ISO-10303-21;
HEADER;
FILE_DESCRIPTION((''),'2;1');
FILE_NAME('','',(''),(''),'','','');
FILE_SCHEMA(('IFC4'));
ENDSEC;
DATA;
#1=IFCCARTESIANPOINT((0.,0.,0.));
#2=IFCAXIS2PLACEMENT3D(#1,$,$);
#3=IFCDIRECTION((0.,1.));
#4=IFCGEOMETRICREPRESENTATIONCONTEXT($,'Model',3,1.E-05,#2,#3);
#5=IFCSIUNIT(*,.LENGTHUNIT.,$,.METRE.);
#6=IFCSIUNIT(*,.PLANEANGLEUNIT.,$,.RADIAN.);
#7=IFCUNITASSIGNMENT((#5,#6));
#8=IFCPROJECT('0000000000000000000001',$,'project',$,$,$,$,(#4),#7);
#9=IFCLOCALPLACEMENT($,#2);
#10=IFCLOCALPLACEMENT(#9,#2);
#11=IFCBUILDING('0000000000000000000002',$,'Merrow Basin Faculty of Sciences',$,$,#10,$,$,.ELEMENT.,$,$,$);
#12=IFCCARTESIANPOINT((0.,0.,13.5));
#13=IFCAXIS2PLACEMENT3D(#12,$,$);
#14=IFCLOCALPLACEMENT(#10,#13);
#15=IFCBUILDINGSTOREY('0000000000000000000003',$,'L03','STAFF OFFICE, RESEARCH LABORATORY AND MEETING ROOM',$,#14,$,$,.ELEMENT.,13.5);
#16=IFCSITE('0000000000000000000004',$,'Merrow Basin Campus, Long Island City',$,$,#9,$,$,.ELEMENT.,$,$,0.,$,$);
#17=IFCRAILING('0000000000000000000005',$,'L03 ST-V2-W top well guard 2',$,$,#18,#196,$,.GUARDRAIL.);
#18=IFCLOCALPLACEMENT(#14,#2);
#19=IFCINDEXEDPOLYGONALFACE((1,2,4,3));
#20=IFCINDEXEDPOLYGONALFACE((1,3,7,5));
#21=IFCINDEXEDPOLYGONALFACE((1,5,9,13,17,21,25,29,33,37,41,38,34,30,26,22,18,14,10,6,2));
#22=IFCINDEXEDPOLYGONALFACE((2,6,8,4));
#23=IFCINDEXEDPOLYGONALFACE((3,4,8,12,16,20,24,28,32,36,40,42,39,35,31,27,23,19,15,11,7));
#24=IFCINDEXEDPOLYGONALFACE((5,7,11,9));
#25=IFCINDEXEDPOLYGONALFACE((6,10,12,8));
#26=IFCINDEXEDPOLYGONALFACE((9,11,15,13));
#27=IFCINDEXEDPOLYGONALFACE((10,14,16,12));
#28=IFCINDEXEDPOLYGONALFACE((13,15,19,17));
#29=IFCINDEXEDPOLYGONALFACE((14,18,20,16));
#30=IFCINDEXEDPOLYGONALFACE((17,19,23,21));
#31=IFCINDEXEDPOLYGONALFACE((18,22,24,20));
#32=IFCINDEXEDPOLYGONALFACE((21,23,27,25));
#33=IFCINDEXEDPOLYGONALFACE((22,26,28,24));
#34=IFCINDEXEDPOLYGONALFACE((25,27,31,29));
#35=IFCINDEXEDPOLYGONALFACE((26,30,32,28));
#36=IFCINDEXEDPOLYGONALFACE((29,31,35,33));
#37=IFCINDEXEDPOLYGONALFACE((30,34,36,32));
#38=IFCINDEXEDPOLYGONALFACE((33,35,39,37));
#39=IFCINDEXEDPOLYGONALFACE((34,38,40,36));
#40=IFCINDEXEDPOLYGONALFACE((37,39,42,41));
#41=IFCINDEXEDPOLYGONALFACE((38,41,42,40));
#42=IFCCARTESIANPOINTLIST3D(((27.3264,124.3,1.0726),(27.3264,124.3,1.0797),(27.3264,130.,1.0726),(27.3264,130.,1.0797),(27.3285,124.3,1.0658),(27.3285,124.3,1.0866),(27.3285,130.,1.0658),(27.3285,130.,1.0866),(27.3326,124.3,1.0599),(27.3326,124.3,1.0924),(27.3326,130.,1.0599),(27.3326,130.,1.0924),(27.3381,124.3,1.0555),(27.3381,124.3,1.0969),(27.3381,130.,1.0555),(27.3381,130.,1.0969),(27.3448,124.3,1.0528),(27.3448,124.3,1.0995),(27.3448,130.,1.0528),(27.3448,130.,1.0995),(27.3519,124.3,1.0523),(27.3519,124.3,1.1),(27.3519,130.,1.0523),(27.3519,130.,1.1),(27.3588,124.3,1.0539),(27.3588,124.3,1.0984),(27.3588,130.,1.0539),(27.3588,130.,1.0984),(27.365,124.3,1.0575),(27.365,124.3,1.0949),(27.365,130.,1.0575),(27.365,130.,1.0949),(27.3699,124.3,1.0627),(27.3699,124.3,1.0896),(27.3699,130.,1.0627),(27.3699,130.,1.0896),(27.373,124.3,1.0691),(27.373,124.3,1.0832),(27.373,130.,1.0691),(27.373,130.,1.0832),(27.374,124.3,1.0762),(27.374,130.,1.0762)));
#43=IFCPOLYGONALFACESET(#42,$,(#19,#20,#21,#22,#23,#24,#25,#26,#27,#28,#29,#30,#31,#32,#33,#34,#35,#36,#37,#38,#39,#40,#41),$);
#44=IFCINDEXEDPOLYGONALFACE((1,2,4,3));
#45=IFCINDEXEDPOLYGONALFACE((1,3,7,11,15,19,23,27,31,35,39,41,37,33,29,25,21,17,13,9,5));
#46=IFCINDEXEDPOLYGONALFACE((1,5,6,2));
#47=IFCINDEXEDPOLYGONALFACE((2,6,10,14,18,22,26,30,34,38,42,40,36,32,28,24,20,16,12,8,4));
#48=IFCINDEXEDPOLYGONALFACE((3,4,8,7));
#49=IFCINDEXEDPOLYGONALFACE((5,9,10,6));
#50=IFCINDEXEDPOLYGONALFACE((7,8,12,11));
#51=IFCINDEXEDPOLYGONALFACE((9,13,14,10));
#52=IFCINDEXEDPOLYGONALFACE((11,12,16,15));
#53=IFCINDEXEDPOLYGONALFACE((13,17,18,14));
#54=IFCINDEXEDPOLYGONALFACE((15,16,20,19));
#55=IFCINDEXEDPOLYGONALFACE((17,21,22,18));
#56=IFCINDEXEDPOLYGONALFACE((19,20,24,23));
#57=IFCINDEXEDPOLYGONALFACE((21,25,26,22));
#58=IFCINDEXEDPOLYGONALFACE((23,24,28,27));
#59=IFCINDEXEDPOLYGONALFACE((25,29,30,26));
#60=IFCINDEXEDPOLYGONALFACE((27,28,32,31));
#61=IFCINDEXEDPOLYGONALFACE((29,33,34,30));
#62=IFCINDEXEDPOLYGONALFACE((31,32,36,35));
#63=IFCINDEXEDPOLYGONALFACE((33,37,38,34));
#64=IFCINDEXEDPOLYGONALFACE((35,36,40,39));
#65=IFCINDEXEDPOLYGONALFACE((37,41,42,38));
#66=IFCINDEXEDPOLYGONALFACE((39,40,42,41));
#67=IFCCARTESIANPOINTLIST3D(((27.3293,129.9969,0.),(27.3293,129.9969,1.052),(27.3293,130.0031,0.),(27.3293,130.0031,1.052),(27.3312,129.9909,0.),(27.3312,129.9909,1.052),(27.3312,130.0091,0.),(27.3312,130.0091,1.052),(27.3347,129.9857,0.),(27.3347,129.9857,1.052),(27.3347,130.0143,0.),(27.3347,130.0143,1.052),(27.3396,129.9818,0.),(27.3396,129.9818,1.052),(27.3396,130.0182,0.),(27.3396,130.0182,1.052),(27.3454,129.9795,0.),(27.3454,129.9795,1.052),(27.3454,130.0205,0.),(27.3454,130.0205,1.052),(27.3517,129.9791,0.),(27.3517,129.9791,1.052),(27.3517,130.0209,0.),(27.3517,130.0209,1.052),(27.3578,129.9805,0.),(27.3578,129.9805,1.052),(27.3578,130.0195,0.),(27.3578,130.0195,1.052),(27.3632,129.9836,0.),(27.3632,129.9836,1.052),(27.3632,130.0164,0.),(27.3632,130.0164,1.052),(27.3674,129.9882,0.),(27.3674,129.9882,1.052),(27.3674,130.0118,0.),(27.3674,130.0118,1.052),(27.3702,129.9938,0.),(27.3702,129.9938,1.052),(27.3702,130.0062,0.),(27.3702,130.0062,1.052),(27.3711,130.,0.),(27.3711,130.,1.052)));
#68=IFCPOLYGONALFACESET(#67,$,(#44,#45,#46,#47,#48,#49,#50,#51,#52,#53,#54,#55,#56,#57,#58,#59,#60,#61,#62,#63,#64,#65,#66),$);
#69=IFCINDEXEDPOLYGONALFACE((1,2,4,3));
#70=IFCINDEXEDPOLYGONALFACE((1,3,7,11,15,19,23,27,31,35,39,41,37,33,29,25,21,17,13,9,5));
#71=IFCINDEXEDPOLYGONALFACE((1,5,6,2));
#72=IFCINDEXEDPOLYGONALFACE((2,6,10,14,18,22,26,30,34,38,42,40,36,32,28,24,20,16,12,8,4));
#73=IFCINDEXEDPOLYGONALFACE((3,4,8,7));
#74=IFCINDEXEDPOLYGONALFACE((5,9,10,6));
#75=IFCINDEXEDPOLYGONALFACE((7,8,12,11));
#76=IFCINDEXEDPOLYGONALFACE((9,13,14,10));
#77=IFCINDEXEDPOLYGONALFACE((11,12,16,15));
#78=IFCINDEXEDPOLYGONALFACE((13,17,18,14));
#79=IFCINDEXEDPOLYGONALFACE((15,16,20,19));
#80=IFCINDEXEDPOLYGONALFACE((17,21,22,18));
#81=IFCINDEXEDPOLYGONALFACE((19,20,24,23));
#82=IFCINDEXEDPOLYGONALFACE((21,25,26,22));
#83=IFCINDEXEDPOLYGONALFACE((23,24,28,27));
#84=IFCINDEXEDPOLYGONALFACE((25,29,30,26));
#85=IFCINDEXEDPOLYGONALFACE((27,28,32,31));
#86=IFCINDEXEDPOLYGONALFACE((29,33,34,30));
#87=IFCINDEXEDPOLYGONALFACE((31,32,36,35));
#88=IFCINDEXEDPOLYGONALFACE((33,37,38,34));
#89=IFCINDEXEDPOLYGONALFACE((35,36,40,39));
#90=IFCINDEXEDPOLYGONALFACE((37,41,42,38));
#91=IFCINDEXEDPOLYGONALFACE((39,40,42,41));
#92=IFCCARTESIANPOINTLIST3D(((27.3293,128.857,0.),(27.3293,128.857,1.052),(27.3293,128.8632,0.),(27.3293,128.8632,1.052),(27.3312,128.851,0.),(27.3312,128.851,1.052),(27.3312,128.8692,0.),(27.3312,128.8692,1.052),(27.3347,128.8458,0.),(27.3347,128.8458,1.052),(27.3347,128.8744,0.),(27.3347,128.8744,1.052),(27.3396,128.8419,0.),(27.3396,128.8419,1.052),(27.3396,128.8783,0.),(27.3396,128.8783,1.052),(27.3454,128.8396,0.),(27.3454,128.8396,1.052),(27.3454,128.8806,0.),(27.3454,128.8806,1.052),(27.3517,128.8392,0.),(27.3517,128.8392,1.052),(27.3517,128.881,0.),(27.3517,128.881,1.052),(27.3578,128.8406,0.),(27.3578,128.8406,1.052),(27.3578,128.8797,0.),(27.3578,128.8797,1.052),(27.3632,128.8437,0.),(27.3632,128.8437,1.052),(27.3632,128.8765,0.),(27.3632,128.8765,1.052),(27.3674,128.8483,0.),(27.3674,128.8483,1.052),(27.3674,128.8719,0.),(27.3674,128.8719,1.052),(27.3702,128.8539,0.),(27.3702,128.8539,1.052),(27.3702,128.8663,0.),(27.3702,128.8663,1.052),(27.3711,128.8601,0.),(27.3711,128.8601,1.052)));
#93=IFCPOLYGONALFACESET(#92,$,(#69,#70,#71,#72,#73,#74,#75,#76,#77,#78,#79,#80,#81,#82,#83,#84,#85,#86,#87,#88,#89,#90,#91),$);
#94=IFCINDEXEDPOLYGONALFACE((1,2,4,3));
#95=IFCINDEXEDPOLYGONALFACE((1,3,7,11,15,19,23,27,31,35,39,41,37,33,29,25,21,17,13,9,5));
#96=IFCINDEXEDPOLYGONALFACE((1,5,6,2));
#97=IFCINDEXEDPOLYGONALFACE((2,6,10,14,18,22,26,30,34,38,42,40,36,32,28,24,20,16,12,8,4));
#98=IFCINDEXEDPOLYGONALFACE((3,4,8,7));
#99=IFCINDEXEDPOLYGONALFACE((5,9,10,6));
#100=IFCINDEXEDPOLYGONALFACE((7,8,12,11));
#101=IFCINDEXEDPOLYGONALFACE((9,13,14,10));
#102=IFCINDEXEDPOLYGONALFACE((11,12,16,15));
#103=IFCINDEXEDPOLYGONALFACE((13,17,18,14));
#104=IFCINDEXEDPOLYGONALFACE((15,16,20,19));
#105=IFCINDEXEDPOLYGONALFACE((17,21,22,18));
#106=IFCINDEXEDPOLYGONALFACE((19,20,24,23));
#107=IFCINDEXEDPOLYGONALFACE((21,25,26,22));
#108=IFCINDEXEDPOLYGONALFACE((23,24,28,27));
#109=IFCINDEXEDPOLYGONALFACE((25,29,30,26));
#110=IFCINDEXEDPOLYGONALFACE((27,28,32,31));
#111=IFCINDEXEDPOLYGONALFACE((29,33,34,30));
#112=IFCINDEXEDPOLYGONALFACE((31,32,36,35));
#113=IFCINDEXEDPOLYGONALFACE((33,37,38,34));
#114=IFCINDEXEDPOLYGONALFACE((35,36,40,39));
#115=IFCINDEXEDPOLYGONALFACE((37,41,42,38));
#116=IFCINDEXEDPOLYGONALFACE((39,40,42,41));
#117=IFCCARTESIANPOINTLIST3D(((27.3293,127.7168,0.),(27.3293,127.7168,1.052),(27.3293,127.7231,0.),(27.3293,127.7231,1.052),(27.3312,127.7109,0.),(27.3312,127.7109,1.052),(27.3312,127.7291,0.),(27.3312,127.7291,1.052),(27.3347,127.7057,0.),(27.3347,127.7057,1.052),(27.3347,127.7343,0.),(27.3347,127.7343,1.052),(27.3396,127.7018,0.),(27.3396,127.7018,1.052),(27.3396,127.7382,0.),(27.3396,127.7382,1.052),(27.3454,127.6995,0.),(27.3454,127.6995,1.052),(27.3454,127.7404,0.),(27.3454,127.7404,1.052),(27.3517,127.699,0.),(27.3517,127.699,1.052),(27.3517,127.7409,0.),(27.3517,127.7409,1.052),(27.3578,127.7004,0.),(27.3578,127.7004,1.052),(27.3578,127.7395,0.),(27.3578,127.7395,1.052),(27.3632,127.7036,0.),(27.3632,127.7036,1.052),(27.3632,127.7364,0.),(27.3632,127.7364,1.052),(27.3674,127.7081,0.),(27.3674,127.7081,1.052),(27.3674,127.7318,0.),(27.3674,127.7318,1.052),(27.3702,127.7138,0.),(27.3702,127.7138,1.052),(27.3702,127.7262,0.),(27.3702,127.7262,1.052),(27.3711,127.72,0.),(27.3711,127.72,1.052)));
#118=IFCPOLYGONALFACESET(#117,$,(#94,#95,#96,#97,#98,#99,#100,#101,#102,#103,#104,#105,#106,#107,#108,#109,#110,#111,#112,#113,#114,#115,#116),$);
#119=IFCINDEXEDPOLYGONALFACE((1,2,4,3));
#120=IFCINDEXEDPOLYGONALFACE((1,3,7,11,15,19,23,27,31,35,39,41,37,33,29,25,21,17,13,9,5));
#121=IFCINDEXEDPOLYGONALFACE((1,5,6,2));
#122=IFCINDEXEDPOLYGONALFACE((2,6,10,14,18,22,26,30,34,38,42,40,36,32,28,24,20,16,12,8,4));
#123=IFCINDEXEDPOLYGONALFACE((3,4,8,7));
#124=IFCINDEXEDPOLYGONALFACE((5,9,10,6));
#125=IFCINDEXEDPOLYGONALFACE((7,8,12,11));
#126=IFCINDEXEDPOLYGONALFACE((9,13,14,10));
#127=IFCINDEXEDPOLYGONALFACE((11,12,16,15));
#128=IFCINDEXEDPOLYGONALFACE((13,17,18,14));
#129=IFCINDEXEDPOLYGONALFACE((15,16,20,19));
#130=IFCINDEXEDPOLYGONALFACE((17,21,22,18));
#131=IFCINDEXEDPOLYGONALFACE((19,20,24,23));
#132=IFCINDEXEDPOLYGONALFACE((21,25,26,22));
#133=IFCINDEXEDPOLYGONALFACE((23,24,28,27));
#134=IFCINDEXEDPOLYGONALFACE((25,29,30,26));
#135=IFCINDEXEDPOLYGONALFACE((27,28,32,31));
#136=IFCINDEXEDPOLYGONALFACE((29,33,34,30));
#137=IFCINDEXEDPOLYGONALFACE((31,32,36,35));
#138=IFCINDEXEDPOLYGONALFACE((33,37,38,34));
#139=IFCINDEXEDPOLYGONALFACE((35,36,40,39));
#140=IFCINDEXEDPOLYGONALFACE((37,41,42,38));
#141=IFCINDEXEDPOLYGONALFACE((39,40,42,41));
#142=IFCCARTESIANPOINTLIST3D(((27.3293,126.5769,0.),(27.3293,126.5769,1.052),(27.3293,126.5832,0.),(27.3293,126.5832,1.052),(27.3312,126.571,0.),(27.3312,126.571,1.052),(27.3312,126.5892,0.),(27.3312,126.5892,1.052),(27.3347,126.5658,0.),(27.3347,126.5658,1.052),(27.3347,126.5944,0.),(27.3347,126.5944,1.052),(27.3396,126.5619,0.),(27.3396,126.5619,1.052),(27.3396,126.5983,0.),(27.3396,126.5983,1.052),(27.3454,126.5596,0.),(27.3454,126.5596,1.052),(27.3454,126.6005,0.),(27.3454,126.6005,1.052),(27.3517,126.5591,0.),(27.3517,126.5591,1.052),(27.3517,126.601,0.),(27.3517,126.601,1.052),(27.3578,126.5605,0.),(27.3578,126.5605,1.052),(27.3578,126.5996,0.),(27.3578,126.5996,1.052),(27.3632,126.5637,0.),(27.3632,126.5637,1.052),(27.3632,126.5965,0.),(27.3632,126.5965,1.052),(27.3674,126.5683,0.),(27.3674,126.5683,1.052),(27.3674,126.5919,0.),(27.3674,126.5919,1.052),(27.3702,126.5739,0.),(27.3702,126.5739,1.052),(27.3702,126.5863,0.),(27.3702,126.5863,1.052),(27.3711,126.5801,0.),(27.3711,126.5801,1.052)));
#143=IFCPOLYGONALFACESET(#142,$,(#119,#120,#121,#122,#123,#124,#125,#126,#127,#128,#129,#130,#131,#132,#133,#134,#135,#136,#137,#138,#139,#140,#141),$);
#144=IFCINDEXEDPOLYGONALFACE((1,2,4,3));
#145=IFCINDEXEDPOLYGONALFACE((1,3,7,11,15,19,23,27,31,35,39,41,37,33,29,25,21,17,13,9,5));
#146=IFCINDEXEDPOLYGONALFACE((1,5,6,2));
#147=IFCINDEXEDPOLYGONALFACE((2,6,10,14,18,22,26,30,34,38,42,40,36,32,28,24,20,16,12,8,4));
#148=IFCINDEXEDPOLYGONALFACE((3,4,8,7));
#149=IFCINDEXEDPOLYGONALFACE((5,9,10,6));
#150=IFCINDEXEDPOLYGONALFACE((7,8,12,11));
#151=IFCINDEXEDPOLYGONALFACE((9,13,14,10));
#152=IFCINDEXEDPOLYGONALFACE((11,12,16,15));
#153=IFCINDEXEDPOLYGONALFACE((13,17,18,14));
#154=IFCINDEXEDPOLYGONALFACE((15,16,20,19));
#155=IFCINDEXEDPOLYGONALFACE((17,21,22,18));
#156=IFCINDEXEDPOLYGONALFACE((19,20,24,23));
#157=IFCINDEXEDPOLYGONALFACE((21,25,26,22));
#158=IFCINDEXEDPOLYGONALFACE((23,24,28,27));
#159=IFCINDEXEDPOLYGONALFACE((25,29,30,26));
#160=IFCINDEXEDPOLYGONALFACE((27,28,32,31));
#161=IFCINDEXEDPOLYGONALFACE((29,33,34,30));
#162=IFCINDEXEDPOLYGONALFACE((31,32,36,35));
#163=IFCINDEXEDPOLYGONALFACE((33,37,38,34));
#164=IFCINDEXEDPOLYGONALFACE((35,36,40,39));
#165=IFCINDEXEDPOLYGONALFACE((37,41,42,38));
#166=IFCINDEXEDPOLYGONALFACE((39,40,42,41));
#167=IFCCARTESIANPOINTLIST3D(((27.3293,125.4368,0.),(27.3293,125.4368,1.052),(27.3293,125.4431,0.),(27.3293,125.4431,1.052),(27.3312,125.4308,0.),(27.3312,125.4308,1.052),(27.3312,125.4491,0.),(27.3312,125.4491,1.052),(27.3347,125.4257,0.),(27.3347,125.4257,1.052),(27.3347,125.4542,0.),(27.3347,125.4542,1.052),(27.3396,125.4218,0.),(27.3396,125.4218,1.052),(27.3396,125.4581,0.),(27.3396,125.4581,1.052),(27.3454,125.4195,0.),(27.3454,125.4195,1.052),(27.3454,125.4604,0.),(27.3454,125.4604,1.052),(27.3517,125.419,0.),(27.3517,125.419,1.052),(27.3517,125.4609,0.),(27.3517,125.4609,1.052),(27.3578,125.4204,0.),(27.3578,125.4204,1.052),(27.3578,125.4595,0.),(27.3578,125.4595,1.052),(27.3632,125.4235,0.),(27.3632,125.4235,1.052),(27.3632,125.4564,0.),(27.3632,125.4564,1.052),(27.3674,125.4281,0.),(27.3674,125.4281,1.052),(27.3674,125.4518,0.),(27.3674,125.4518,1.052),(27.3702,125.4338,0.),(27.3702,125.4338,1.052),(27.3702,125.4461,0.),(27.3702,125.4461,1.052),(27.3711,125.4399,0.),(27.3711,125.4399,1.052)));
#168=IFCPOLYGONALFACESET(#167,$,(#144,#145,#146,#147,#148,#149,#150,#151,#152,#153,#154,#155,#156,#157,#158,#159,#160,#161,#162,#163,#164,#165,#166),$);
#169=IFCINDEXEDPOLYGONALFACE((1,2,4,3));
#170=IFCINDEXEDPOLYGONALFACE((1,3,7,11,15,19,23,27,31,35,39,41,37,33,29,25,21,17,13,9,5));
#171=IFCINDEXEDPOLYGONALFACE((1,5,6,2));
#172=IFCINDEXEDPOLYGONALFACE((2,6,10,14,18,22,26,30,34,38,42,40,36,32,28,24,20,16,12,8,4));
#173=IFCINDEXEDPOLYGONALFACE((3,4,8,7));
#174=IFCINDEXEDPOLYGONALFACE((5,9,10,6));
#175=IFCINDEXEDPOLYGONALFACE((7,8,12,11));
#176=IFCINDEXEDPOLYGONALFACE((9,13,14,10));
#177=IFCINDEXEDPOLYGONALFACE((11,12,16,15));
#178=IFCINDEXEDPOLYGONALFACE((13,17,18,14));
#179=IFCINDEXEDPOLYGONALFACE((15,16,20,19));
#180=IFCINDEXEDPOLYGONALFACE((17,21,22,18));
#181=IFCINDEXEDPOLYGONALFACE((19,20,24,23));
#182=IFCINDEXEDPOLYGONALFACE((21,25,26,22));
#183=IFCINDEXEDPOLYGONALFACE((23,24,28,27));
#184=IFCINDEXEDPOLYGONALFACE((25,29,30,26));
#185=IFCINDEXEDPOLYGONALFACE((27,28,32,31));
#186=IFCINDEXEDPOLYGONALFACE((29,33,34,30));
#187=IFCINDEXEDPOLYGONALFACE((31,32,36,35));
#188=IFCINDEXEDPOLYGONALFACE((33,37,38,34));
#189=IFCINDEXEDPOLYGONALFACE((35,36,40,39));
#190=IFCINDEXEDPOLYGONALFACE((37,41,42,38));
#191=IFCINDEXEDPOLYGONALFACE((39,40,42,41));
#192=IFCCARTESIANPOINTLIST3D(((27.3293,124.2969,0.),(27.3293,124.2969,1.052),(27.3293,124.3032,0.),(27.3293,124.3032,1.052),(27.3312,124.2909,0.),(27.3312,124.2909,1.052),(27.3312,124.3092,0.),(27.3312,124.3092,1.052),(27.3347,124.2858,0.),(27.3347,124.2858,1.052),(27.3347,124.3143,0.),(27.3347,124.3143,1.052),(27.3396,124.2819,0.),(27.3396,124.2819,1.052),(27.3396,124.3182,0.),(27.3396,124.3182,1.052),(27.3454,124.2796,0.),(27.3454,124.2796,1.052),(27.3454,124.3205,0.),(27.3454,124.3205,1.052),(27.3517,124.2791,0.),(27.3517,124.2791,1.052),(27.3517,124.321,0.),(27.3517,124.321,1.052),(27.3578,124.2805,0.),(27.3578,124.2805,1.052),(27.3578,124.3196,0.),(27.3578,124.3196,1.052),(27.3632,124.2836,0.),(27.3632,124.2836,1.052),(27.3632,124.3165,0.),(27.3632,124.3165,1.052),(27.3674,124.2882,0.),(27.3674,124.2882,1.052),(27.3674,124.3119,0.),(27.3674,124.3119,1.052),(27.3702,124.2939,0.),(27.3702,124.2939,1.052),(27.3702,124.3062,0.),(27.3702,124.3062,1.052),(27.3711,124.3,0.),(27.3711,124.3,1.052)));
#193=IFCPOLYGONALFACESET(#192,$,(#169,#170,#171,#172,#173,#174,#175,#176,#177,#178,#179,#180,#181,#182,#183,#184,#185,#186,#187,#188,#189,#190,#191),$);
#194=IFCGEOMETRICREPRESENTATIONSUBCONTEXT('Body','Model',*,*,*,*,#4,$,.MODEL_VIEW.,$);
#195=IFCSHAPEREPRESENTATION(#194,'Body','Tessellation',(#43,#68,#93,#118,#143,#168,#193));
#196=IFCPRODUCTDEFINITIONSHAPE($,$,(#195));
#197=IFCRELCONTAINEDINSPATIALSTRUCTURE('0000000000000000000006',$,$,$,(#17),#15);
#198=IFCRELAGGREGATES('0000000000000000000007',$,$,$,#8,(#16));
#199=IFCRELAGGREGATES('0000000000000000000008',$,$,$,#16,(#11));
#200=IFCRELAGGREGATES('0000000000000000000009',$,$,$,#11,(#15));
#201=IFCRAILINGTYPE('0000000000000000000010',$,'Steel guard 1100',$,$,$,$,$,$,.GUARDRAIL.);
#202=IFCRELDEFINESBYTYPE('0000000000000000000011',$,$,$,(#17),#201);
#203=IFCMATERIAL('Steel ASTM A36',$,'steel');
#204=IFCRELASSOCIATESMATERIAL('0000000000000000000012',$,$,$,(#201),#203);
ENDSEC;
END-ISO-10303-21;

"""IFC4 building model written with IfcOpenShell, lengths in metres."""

from ifc_helpers import new_model, si_unit, direction, frame, origin, origin_2d, place, context, subcontext, project, spatial, circle, extrude, material, type_object, element, save


model = new_model("IFC4")

# Units and contexts
model_context = context("Model", 3, precision=1e-05, world=origin(), true_north=direction((0.0, 1.0)))
body_context = subcontext(model_context, "Body", "Model", "MODEL_VIEW")
ifc_project = project(units=[si_unit("LENGTHUNIT", "METRE"), si_unit("PLANEANGLEUNIT", "RADIAN")], contexts=[model_context])

# Site, building, storey
site_placement = place(None, origin())
site = spatial("IfcSite", under=ifc_project, at=site_placement, Name="Merrow Basin Campus, Long Island City", CompositionType="ELEMENT", RefElevation=0.0)
building_placement = place(site_placement, origin())
building = spatial("IfcBuilding", under=site, at=building_placement, Name="Merrow Basin Faculty of Sciences", CompositionType="ELEMENT")
storey_placement = place(building_placement, frame((0.0, 0.0, 13.5)))
storey = spatial("IfcBuildingStorey", under=building, at=storey_placement, Name="L03", Description="STAFF OFFICE, RESEARCH LABORATORY AND MEETING ROOM", CompositionType="ELEMENT", Elevation=13.5)

# Railing
ifc_material_1 = material(Name="Steel ASTM A36", Category="steel")
railing_type_1 = type_object("IfcRailingType", Name="Steel guard 1100", PredefinedType="GUARDRAIL", material=ifc_material_1)
railing_1_placement = place(storey_placement, frame((27.3501, 130.0, 0.0)))
element("IfcRailing", 1, at=railing_1_placement, inside=storey, type_object=railing_type_1, Name="L03 ST-V2-W top well guard 2", PredefinedType="GUARDRAIL", context=body_context, shape_type="SweptSolid", body=[
    extrude(circle(Radius=0.0239, at=origin_2d()), frame((0.0, 0.0, 1.0762), z_axis=(0.0, -1.0, 0.0), x_axis=(1.0, 0.0, 0.0)), (0.0, 0.0, 1.0), 5.7),
    extrude(circle(Radius=0.021, at=origin_2d()), origin(), (0.0, 0.0, 1.0), 1.052),
    extrude(circle(Radius=0.021, at=origin_2d()), frame((0.0, -1.1399, 0.0)), (0.0, 0.0, 1.0), 1.052),
    extrude(circle(Radius=0.021, at=origin_2d()), frame((0.0, -2.28, 0.0)), (0.0, 0.0, 1.0), 1.052),
    extrude(circle(Radius=0.021, at=origin_2d()), frame((0.0, -3.4199, 0.0)), (0.0, 0.0, 1.0), 1.052),
    extrude(circle(Radius=0.021, at=origin_2d()), frame((0.0, -4.5601, 0.0)), (0.0, 0.0, 1.0), 1.052),
    extrude(circle(Radius=0.021, at=origin_2d()), frame((0.0, -5.7, 0.0)), (0.0, 0.0, 1.0), 1.052),
])

save(model, "model.ifc")
